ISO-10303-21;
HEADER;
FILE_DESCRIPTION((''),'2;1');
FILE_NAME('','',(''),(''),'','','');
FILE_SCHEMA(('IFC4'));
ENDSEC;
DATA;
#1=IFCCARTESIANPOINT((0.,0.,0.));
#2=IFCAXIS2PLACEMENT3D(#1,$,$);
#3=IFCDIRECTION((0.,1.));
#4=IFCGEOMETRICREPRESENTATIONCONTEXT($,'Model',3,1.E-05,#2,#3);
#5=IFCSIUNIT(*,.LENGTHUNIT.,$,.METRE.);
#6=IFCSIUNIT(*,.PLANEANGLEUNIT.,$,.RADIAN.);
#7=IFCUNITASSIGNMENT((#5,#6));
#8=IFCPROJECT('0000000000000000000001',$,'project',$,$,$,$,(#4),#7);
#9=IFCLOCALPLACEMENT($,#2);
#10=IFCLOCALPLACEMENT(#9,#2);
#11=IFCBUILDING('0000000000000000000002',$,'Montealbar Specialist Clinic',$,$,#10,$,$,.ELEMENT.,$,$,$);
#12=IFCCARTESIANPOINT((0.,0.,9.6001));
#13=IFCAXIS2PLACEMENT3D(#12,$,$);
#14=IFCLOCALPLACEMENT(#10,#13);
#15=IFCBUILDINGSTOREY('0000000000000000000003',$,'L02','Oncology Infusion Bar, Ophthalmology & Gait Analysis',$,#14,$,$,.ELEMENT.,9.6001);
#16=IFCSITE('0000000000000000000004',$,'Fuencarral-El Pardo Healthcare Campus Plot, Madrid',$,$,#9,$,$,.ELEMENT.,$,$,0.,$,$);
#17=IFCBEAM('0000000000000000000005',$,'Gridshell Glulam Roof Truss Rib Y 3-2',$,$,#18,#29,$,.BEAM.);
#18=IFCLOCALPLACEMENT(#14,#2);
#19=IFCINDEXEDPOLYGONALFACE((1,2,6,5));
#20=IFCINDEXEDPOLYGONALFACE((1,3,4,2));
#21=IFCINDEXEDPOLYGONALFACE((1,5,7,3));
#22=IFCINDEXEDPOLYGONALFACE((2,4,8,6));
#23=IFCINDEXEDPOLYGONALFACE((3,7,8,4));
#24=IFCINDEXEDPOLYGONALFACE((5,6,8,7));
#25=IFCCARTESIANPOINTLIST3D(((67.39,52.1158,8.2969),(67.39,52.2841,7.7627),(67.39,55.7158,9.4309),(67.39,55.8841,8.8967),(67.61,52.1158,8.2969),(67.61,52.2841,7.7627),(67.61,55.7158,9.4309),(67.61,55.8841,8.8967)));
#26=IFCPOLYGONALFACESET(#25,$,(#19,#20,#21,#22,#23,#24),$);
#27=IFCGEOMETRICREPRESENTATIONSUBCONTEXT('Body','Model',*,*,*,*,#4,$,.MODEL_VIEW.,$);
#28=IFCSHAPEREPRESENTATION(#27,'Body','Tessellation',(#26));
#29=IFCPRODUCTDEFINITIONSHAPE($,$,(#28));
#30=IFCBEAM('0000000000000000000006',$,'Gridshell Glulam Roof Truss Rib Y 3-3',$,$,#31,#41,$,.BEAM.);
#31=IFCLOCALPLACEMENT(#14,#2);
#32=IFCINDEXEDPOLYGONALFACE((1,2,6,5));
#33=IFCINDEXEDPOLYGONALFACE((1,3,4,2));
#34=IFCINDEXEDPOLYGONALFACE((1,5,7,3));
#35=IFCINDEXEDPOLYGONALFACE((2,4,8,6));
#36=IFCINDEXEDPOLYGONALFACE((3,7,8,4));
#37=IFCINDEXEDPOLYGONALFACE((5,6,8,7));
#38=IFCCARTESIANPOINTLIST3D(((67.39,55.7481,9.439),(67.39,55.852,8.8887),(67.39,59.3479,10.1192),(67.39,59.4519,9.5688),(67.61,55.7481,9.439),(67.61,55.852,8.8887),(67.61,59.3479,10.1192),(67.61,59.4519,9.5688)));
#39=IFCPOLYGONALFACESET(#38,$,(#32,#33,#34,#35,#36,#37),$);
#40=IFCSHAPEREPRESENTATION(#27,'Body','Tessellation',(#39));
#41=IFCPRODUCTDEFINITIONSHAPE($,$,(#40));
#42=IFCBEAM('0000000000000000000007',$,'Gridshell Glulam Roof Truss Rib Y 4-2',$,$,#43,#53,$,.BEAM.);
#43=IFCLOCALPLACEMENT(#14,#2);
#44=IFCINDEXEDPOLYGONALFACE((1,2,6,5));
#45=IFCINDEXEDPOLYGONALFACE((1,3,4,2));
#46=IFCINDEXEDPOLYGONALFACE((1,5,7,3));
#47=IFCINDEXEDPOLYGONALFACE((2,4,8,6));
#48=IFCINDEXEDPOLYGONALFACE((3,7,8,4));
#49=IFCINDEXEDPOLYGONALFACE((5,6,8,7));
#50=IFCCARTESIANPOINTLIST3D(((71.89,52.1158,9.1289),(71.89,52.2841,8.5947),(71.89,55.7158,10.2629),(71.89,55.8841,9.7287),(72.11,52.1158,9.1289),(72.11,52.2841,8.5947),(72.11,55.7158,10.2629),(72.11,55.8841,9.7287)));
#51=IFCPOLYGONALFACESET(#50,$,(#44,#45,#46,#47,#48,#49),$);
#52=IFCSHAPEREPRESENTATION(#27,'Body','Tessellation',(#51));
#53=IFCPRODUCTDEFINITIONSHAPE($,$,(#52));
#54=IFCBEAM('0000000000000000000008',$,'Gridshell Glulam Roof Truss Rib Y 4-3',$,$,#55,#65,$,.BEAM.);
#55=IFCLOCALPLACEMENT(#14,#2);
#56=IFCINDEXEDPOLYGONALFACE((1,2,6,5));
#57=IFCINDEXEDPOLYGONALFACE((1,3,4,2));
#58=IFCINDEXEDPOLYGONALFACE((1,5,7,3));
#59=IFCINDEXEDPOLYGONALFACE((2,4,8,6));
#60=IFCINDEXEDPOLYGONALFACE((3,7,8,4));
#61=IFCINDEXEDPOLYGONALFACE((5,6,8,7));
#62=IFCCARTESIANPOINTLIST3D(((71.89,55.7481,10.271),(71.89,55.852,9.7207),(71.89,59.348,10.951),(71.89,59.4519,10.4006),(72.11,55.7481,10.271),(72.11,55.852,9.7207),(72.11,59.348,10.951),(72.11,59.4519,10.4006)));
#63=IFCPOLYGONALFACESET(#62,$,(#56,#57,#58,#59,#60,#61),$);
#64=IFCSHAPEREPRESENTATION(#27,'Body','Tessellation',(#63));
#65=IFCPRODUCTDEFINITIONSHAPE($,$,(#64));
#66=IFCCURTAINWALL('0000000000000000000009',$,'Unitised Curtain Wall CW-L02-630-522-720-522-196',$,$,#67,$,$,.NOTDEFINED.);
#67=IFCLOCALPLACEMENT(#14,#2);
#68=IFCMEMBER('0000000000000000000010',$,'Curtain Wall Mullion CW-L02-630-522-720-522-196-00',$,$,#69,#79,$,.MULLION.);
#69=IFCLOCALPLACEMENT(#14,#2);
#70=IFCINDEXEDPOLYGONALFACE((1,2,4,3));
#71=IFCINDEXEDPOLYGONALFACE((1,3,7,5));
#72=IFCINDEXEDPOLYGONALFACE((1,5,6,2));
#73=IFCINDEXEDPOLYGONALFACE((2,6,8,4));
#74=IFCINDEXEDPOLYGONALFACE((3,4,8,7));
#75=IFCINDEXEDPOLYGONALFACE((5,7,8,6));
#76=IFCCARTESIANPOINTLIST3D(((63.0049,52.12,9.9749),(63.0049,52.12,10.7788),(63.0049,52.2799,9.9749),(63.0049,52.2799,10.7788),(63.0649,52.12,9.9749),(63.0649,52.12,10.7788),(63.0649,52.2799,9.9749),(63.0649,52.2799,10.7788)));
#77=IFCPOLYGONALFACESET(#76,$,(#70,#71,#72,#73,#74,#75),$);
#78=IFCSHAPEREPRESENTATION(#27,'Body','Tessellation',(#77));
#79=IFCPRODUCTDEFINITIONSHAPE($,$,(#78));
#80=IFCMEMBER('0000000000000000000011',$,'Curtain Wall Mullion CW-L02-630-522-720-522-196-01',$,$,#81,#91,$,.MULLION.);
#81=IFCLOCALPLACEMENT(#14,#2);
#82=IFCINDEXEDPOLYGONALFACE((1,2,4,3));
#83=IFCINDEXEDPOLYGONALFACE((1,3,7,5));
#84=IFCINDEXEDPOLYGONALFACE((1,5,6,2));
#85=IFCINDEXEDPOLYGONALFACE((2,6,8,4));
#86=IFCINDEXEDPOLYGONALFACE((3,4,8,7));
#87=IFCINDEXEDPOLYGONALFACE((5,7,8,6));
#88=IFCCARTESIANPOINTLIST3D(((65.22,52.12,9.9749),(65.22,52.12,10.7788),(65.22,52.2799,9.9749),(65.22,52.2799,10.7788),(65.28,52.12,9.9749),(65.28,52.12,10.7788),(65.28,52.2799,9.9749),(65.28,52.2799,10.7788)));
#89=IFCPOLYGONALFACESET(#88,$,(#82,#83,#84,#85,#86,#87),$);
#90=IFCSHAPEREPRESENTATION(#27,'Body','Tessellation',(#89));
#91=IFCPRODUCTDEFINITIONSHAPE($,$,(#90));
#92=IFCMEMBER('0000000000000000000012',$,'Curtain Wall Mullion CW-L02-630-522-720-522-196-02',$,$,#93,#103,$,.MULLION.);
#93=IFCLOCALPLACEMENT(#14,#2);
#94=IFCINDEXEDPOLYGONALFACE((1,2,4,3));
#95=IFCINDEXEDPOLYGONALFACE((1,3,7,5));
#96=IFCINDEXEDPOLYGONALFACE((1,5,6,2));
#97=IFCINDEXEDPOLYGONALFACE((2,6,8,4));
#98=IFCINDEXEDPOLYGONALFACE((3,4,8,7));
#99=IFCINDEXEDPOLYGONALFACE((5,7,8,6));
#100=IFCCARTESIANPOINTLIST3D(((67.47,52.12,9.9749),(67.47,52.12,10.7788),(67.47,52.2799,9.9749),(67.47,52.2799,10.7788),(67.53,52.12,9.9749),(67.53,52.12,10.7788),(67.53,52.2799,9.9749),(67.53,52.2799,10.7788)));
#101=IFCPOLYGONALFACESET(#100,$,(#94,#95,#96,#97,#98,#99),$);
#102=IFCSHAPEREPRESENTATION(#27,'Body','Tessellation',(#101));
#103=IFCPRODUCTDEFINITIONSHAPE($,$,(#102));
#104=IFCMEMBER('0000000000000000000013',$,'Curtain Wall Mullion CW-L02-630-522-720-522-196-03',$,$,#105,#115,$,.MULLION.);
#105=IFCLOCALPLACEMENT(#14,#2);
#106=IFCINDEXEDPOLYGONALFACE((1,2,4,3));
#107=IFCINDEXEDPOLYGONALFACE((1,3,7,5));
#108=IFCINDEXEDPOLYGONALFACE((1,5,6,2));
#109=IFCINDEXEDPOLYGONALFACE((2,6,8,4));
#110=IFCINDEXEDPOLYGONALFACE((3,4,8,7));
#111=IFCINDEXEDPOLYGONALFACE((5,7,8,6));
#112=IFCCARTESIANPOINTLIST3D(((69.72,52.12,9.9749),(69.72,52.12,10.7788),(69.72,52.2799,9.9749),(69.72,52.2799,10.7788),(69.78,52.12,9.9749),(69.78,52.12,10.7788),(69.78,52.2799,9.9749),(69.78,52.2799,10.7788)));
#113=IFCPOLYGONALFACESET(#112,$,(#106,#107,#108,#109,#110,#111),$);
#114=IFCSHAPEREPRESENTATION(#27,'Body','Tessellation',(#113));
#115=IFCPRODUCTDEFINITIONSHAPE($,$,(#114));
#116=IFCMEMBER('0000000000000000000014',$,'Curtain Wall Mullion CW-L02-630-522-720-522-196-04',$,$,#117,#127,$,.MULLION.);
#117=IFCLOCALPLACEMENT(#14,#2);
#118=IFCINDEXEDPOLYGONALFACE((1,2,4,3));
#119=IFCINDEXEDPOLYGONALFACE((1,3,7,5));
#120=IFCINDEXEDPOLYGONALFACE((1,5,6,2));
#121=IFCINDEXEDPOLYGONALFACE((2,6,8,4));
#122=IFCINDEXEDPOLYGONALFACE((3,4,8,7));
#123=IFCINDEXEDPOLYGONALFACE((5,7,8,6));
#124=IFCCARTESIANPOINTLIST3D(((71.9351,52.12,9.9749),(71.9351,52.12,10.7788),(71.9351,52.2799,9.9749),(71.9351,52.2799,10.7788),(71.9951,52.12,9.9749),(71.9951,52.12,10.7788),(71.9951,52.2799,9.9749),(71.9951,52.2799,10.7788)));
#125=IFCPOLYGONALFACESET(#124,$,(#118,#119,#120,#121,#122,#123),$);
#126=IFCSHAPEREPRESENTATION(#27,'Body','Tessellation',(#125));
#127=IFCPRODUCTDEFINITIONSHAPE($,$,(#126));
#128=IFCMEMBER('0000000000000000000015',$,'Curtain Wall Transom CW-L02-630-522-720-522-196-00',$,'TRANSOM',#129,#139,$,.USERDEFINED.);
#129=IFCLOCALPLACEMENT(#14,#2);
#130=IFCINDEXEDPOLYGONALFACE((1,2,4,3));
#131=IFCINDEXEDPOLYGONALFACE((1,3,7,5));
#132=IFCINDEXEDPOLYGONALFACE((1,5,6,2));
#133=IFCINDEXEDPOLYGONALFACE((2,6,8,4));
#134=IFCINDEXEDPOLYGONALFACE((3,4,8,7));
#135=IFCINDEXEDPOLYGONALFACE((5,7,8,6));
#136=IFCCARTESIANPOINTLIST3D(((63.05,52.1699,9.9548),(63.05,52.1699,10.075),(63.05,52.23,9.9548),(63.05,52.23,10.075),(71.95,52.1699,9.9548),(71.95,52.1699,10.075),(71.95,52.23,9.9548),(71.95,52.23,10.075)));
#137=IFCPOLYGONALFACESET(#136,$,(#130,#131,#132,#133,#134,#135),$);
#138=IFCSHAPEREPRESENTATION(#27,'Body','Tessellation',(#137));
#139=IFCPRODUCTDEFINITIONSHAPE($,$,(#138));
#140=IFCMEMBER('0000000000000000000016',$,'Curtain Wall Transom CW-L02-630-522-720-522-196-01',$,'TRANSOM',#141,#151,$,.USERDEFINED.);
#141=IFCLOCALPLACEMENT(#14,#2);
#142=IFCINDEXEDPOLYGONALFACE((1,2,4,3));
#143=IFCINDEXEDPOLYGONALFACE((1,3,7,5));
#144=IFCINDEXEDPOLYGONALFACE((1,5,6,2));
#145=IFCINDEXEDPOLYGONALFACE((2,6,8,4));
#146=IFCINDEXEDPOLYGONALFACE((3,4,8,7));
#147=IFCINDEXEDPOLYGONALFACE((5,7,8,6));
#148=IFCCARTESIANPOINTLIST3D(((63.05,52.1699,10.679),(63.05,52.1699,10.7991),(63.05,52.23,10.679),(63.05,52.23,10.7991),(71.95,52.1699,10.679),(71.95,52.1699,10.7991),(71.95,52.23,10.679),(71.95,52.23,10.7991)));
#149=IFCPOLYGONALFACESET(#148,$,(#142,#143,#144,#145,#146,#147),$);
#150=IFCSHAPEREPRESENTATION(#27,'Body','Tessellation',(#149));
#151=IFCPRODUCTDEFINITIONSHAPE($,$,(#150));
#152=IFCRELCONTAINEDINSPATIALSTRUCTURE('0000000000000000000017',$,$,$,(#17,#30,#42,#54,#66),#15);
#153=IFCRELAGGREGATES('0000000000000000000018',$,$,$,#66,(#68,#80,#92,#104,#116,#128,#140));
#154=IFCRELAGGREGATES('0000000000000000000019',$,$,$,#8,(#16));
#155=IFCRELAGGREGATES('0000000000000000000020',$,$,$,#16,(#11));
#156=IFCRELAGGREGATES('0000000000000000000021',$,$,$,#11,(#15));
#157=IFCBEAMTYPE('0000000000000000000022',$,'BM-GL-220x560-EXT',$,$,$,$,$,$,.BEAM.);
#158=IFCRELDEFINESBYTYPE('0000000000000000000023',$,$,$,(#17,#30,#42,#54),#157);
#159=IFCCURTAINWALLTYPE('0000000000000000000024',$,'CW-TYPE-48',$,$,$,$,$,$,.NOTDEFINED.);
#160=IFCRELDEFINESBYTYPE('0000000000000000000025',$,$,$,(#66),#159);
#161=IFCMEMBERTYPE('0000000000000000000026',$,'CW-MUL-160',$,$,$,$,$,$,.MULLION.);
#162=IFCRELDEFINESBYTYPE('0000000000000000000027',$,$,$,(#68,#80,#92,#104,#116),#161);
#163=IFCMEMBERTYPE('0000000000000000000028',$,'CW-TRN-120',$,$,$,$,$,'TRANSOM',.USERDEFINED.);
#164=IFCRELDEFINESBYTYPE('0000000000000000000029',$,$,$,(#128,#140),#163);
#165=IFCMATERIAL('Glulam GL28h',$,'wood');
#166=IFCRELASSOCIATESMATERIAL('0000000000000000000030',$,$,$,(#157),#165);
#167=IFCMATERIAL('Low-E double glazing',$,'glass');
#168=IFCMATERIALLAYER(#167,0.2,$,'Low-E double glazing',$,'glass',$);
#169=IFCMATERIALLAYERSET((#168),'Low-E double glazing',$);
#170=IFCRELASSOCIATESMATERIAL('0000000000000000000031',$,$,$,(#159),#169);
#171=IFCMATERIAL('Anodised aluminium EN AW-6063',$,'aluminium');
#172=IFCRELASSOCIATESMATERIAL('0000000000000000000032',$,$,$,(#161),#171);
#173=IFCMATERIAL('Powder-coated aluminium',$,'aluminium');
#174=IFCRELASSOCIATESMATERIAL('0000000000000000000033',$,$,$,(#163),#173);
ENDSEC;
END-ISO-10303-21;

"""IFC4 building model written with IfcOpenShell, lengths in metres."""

from ifc_helpers import new_model, si_unit, direction, frame, origin, origin_2d, place, context, subcontext, project, spatial, rectangle, extrude, material, layer, layer_set, material_profile, profile_set, type_object, element, aggregate, save


model = new_model("IFC4")

# Units and contexts
model_context = context("Model", 3, precision=1e-05, world=origin(), true_north=direction((0.0, 1.0)))
body_context = subcontext(model_context, "Body", "Model", "MODEL_VIEW")
ifc_project = project(units=[si_unit("LENGTHUNIT", "METRE"), si_unit("PLANEANGLEUNIT", "RADIAN")], contexts=[model_context])

# Site, building, storey
site_placement = place(None, origin())
site = spatial("IfcSite", under=ifc_project, at=site_placement, Name="Fuencarral-El Pardo Healthcare Campus Plot, Madrid", CompositionType="ELEMENT", RefElevation=0.0)
building_placement = place(site_placement, origin())
building = spatial("IfcBuilding", under=site, at=building_placement, Name="Montealbar Specialist Clinic", CompositionType="ELEMENT")
storey_placement = place(building_placement, frame((0.0, 0.0, 9.6001)))
storey = spatial("IfcBuildingStorey", under=building, at=storey_placement, Name="L02", Description="Oncology Infusion Bar, Ophthalmology & Gait Analysis", CompositionType="ELEMENT", Elevation=9.6001)

# Beams
ifc_material_1 = material(Name="Glulam GL28h", Category="wood")
ifc_material_profile_1 = material_profile(ifc_material_1, rectangle(XDim=0.22, YDim=0.5601, at=origin_2d()), Name="GL28h 220x560", Category="wood")
ifc_profile_set_1 = profile_set([ifc_material_profile_1], Name="Glulam GL28h")
beam_type_1 = type_object("IfcBeamType", Name="BM-GL-220x560-EXT", PredefinedType="BEAM", material=ifc_profile_set_1)
beam_1_placement = place(storey_placement, frame((67.5, 52.2, 8.0298), z_axis=(0.0, 0.953798, 0.300447), x_axis=(-1.0, 0.0, 0.0)))
element("IfcBeam", 1, at=beam_1_placement, inside=storey, type_object=beam_type_1, Name="Gridshell Glulam Roof Truss Rib Y 3-2", PredefinedType="BEAM", context=body_context, shape_type="SweptSolid", body=[
    extrude(rectangle(XDim=0.22, YDim=0.5601, at=origin_2d()), origin(), (0.0, 0.0, 1.0), 3.7744),
])
beam_2_placement = place(storey_placement, frame((67.5, 55.8, 9.1638), z_axis=(0.0, 0.982614, 0.18566), x_axis=(-1.0, 0.0, 0.0)))
element("IfcBeam", 2, at=beam_2_placement, inside=storey, type_object=beam_type_1, Name="Gridshell Glulam Roof Truss Rib Y 3-3", PredefinedType="BEAM", context=body_context, shape_type="SweptSolid", body=[
    extrude(rectangle(XDim=0.22, YDim=0.5601, at=origin_2d()), origin(), (0.0, 0.0, 1.0), 3.6636),
])
beam_3_placement = place(storey_placement, frame((72.0, 52.2, 8.8618), z_axis=(0.0, 0.953798, 0.300447), x_axis=(-1.0, 0.0, 0.0)))
element("IfcBeam", 3, at=beam_3_placement, inside=storey, type_object=beam_type_1, Name="Gridshell Glulam Roof Truss Rib Y 4-2", PredefinedType="BEAM", context=body_context, shape_type="SweptSolid", body=[
    extrude(rectangle(XDim=0.22, YDim=0.5601, at=origin_2d()), origin(), (0.0, 0.0, 1.0), 3.7744),
])
beam_4_placement = place(storey_placement, frame((72.0, 55.8, 9.9958), z_axis=(0.0, 0.982626, 0.185596), x_axis=(-1.0, 0.0, 0.0)))
element("IfcBeam", 4, at=beam_4_placement, inside=storey, type_object=beam_type_1, Name="Gridshell Glulam Roof Truss Rib Y 4-3", PredefinedType="BEAM", context=body_context, shape_type="SweptSolid", body=[
    extrude(rectangle(XDim=0.22, YDim=0.5601, at=origin_2d()), origin(), (0.0, 0.0, 1.0), 3.6636),
])

# Curtain wall, members
ifc_material_2 = material(Name="Low-E double glazing", Category="glass")
ifc_layer_1 = layer(ifc_material_2, 0.2, Name="Low-E double glazing", Category="glass")
ifc_layer_set_1 = layer_set([ifc_layer_1], Name="Low-E double glazing")
curtain_wall_type = type_object("IfcCurtainWallType", Name="CW-TYPE-48", PredefinedType="NOTDEFINED", material=ifc_layer_set_1)
curtain_wall_placement = place(storey_placement, origin())
curtain_wall = element("IfcCurtainWall", 5, at=curtain_wall_placement, inside=storey, type_object=curtain_wall_type, Name="Unitised Curtain Wall CW-L02-630-522-720-522-196", PredefinedType="NOTDEFINED")
ifc_material_3 = material(Name="Anodised aluminium EN AW-6063", Category="aluminium")
ifc_material_profile_2 = material_profile(ifc_material_3, rectangle(XDim=0.0601, YDim=0.1599, at=origin_2d()), Name="ALU 60x160", Category="aluminium")
ifc_profile_set_2 = profile_set([ifc_material_profile_2], Name="Anodised aluminium EN AW-6063")
member_type_1 = type_object("IfcMemberType", Name="CW-MUL-160", PredefinedType="MULLION", material=ifc_profile_set_2)
member_1_placement = place(storey_placement, frame((63.0349, 52.2, 9.9749), z_axis=(0.0, 0.0, 1.0), x_axis=(1.0, 0.0, 0.0)))
member_1 = element("IfcMember", 6, at=member_1_placement, type_object=member_type_1, Name="Curtain Wall Mullion CW-L02-630-522-720-522-196-00", PredefinedType="MULLION", context=body_context, shape_type="SweptSolid", body=[
    extrude(rectangle(XDim=0.0601, YDim=0.1599, at=origin_2d()), origin(), (0.0, 0.0, 1.0), 0.804),
])
member_2_placement = place(storey_placement, frame((65.25, 52.2, 9.9749), z_axis=(0.0, 0.0, 1.0), x_axis=(1.0, 0.0, 0.0)))
member_2 = element("IfcMember", 7, at=member_2_placement, type_object=member_type_1, Name="Curtain Wall Mullion CW-L02-630-522-720-522-196-01", PredefinedType="MULLION", context=body_context, shape_type="SweptSolid", body=[
    extrude(rectangle(XDim=0.0601, YDim=0.1599, at=origin_2d()), origin(), (0.0, 0.0, 1.0), 0.804),
])
member_3_placement = place(storey_placement, frame((67.5, 52.2, 9.9749), z_axis=(0.0, 0.0, 1.0), x_axis=(1.0, 0.0, 0.0)))
member_3 = element("IfcMember", 8, at=member_3_placement, type_object=member_type_1, Name="Curtain Wall Mullion CW-L02-630-522-720-522-196-02", PredefinedType="MULLION", context=body_context, shape_type="SweptSolid", body=[
    extrude(rectangle(XDim=0.0601, YDim=0.1599, at=origin_2d()), origin(), (0.0, 0.0, 1.0), 0.804),
])
member_4_placement = place(storey_placement, frame((69.75, 52.2, 9.9749), z_axis=(0.0, 0.0, 1.0), x_axis=(1.0, 0.0, 0.0)))
member_4 = element("IfcMember", 9, at=member_4_placement, type_object=member_type_1, Name="Curtain Wall Mullion CW-L02-630-522-720-522-196-03", PredefinedType="MULLION", context=body_context, shape_type="SweptSolid", body=[
    extrude(rectangle(XDim=0.0601, YDim=0.1599, at=origin_2d()), origin(), (0.0, 0.0, 1.0), 0.804),
])
member_5_placement = place(storey_placement, frame((71.9651, 52.2, 9.9749), z_axis=(0.0, 0.0, 1.0), x_axis=(1.0, 0.0, 0.0)))
member_5 = element("IfcMember", 10, at=member_5_placement, type_object=member_type_1, Name="Curtain Wall Mullion CW-L02-630-522-720-522-196-04", PredefinedType="MULLION", context=body_context, shape_type="SweptSolid", body=[
    extrude(rectangle(XDim=0.0601, YDim=0.1599, at=origin_2d()), origin(), (0.0, 0.0, 1.0), 0.804),
])
ifc_material_4 = material(Name="Powder-coated aluminium", Category="aluminium")
ifc_material_profile_3 = material_profile(ifc_material_4, rectangle(XDim=0.0601, YDim=0.1201, at=origin_2d()), Name="ALU 60x120", Category="aluminium")
ifc_profile_set_3 = profile_set([ifc_material_profile_3], Name="Powder-coated aluminium")
member_type_2 = type_object("IfcMemberType", Name="CW-TRN-120", ElementType="TRANSOM", PredefinedType="USERDEFINED", material=ifc_profile_set_3)
member_6_placement = place(storey_placement, frame((63.05, 52.2, 10.0149), z_axis=(1.0, 0.0, 0.0), x_axis=(0.0, 1.0, 0.0)))
member_6 = element("IfcMember", 11, at=member_6_placement, type_object=member_type_2, Name="Curtain Wall Transom CW-L02-630-522-720-522-196-00", ObjectType="TRANSOM", PredefinedType="USERDEFINED", context=body_context, shape_type="SweptSolid", body=[
    extrude(rectangle(XDim=0.0601, YDim=0.1201, at=origin_2d()), origin(), (0.0, 0.0, 1.0), 8.8999),
])
member_7_placement = place(storey_placement, frame((63.05, 52.2, 10.739), z_axis=(1.0, 0.0, 0.0), x_axis=(0.0, 1.0, 0.0)))
member_7 = element("IfcMember", 12, at=member_7_placement, type_object=member_type_2, Name="Curtain Wall Transom CW-L02-630-522-720-522-196-01", ObjectType="TRANSOM", PredefinedType="USERDEFINED", context=body_context, shape_type="SweptSolid", body=[
    extrude(rectangle(XDim=0.0601, YDim=0.1201, at=origin_2d()), origin(), (0.0, 0.0, 1.0), 8.8999),
])

aggregate(curtain_wall, [member_1, member_2, member_3, member_4, member_5, member_6, member_7])

save(model, "model.ifc")
